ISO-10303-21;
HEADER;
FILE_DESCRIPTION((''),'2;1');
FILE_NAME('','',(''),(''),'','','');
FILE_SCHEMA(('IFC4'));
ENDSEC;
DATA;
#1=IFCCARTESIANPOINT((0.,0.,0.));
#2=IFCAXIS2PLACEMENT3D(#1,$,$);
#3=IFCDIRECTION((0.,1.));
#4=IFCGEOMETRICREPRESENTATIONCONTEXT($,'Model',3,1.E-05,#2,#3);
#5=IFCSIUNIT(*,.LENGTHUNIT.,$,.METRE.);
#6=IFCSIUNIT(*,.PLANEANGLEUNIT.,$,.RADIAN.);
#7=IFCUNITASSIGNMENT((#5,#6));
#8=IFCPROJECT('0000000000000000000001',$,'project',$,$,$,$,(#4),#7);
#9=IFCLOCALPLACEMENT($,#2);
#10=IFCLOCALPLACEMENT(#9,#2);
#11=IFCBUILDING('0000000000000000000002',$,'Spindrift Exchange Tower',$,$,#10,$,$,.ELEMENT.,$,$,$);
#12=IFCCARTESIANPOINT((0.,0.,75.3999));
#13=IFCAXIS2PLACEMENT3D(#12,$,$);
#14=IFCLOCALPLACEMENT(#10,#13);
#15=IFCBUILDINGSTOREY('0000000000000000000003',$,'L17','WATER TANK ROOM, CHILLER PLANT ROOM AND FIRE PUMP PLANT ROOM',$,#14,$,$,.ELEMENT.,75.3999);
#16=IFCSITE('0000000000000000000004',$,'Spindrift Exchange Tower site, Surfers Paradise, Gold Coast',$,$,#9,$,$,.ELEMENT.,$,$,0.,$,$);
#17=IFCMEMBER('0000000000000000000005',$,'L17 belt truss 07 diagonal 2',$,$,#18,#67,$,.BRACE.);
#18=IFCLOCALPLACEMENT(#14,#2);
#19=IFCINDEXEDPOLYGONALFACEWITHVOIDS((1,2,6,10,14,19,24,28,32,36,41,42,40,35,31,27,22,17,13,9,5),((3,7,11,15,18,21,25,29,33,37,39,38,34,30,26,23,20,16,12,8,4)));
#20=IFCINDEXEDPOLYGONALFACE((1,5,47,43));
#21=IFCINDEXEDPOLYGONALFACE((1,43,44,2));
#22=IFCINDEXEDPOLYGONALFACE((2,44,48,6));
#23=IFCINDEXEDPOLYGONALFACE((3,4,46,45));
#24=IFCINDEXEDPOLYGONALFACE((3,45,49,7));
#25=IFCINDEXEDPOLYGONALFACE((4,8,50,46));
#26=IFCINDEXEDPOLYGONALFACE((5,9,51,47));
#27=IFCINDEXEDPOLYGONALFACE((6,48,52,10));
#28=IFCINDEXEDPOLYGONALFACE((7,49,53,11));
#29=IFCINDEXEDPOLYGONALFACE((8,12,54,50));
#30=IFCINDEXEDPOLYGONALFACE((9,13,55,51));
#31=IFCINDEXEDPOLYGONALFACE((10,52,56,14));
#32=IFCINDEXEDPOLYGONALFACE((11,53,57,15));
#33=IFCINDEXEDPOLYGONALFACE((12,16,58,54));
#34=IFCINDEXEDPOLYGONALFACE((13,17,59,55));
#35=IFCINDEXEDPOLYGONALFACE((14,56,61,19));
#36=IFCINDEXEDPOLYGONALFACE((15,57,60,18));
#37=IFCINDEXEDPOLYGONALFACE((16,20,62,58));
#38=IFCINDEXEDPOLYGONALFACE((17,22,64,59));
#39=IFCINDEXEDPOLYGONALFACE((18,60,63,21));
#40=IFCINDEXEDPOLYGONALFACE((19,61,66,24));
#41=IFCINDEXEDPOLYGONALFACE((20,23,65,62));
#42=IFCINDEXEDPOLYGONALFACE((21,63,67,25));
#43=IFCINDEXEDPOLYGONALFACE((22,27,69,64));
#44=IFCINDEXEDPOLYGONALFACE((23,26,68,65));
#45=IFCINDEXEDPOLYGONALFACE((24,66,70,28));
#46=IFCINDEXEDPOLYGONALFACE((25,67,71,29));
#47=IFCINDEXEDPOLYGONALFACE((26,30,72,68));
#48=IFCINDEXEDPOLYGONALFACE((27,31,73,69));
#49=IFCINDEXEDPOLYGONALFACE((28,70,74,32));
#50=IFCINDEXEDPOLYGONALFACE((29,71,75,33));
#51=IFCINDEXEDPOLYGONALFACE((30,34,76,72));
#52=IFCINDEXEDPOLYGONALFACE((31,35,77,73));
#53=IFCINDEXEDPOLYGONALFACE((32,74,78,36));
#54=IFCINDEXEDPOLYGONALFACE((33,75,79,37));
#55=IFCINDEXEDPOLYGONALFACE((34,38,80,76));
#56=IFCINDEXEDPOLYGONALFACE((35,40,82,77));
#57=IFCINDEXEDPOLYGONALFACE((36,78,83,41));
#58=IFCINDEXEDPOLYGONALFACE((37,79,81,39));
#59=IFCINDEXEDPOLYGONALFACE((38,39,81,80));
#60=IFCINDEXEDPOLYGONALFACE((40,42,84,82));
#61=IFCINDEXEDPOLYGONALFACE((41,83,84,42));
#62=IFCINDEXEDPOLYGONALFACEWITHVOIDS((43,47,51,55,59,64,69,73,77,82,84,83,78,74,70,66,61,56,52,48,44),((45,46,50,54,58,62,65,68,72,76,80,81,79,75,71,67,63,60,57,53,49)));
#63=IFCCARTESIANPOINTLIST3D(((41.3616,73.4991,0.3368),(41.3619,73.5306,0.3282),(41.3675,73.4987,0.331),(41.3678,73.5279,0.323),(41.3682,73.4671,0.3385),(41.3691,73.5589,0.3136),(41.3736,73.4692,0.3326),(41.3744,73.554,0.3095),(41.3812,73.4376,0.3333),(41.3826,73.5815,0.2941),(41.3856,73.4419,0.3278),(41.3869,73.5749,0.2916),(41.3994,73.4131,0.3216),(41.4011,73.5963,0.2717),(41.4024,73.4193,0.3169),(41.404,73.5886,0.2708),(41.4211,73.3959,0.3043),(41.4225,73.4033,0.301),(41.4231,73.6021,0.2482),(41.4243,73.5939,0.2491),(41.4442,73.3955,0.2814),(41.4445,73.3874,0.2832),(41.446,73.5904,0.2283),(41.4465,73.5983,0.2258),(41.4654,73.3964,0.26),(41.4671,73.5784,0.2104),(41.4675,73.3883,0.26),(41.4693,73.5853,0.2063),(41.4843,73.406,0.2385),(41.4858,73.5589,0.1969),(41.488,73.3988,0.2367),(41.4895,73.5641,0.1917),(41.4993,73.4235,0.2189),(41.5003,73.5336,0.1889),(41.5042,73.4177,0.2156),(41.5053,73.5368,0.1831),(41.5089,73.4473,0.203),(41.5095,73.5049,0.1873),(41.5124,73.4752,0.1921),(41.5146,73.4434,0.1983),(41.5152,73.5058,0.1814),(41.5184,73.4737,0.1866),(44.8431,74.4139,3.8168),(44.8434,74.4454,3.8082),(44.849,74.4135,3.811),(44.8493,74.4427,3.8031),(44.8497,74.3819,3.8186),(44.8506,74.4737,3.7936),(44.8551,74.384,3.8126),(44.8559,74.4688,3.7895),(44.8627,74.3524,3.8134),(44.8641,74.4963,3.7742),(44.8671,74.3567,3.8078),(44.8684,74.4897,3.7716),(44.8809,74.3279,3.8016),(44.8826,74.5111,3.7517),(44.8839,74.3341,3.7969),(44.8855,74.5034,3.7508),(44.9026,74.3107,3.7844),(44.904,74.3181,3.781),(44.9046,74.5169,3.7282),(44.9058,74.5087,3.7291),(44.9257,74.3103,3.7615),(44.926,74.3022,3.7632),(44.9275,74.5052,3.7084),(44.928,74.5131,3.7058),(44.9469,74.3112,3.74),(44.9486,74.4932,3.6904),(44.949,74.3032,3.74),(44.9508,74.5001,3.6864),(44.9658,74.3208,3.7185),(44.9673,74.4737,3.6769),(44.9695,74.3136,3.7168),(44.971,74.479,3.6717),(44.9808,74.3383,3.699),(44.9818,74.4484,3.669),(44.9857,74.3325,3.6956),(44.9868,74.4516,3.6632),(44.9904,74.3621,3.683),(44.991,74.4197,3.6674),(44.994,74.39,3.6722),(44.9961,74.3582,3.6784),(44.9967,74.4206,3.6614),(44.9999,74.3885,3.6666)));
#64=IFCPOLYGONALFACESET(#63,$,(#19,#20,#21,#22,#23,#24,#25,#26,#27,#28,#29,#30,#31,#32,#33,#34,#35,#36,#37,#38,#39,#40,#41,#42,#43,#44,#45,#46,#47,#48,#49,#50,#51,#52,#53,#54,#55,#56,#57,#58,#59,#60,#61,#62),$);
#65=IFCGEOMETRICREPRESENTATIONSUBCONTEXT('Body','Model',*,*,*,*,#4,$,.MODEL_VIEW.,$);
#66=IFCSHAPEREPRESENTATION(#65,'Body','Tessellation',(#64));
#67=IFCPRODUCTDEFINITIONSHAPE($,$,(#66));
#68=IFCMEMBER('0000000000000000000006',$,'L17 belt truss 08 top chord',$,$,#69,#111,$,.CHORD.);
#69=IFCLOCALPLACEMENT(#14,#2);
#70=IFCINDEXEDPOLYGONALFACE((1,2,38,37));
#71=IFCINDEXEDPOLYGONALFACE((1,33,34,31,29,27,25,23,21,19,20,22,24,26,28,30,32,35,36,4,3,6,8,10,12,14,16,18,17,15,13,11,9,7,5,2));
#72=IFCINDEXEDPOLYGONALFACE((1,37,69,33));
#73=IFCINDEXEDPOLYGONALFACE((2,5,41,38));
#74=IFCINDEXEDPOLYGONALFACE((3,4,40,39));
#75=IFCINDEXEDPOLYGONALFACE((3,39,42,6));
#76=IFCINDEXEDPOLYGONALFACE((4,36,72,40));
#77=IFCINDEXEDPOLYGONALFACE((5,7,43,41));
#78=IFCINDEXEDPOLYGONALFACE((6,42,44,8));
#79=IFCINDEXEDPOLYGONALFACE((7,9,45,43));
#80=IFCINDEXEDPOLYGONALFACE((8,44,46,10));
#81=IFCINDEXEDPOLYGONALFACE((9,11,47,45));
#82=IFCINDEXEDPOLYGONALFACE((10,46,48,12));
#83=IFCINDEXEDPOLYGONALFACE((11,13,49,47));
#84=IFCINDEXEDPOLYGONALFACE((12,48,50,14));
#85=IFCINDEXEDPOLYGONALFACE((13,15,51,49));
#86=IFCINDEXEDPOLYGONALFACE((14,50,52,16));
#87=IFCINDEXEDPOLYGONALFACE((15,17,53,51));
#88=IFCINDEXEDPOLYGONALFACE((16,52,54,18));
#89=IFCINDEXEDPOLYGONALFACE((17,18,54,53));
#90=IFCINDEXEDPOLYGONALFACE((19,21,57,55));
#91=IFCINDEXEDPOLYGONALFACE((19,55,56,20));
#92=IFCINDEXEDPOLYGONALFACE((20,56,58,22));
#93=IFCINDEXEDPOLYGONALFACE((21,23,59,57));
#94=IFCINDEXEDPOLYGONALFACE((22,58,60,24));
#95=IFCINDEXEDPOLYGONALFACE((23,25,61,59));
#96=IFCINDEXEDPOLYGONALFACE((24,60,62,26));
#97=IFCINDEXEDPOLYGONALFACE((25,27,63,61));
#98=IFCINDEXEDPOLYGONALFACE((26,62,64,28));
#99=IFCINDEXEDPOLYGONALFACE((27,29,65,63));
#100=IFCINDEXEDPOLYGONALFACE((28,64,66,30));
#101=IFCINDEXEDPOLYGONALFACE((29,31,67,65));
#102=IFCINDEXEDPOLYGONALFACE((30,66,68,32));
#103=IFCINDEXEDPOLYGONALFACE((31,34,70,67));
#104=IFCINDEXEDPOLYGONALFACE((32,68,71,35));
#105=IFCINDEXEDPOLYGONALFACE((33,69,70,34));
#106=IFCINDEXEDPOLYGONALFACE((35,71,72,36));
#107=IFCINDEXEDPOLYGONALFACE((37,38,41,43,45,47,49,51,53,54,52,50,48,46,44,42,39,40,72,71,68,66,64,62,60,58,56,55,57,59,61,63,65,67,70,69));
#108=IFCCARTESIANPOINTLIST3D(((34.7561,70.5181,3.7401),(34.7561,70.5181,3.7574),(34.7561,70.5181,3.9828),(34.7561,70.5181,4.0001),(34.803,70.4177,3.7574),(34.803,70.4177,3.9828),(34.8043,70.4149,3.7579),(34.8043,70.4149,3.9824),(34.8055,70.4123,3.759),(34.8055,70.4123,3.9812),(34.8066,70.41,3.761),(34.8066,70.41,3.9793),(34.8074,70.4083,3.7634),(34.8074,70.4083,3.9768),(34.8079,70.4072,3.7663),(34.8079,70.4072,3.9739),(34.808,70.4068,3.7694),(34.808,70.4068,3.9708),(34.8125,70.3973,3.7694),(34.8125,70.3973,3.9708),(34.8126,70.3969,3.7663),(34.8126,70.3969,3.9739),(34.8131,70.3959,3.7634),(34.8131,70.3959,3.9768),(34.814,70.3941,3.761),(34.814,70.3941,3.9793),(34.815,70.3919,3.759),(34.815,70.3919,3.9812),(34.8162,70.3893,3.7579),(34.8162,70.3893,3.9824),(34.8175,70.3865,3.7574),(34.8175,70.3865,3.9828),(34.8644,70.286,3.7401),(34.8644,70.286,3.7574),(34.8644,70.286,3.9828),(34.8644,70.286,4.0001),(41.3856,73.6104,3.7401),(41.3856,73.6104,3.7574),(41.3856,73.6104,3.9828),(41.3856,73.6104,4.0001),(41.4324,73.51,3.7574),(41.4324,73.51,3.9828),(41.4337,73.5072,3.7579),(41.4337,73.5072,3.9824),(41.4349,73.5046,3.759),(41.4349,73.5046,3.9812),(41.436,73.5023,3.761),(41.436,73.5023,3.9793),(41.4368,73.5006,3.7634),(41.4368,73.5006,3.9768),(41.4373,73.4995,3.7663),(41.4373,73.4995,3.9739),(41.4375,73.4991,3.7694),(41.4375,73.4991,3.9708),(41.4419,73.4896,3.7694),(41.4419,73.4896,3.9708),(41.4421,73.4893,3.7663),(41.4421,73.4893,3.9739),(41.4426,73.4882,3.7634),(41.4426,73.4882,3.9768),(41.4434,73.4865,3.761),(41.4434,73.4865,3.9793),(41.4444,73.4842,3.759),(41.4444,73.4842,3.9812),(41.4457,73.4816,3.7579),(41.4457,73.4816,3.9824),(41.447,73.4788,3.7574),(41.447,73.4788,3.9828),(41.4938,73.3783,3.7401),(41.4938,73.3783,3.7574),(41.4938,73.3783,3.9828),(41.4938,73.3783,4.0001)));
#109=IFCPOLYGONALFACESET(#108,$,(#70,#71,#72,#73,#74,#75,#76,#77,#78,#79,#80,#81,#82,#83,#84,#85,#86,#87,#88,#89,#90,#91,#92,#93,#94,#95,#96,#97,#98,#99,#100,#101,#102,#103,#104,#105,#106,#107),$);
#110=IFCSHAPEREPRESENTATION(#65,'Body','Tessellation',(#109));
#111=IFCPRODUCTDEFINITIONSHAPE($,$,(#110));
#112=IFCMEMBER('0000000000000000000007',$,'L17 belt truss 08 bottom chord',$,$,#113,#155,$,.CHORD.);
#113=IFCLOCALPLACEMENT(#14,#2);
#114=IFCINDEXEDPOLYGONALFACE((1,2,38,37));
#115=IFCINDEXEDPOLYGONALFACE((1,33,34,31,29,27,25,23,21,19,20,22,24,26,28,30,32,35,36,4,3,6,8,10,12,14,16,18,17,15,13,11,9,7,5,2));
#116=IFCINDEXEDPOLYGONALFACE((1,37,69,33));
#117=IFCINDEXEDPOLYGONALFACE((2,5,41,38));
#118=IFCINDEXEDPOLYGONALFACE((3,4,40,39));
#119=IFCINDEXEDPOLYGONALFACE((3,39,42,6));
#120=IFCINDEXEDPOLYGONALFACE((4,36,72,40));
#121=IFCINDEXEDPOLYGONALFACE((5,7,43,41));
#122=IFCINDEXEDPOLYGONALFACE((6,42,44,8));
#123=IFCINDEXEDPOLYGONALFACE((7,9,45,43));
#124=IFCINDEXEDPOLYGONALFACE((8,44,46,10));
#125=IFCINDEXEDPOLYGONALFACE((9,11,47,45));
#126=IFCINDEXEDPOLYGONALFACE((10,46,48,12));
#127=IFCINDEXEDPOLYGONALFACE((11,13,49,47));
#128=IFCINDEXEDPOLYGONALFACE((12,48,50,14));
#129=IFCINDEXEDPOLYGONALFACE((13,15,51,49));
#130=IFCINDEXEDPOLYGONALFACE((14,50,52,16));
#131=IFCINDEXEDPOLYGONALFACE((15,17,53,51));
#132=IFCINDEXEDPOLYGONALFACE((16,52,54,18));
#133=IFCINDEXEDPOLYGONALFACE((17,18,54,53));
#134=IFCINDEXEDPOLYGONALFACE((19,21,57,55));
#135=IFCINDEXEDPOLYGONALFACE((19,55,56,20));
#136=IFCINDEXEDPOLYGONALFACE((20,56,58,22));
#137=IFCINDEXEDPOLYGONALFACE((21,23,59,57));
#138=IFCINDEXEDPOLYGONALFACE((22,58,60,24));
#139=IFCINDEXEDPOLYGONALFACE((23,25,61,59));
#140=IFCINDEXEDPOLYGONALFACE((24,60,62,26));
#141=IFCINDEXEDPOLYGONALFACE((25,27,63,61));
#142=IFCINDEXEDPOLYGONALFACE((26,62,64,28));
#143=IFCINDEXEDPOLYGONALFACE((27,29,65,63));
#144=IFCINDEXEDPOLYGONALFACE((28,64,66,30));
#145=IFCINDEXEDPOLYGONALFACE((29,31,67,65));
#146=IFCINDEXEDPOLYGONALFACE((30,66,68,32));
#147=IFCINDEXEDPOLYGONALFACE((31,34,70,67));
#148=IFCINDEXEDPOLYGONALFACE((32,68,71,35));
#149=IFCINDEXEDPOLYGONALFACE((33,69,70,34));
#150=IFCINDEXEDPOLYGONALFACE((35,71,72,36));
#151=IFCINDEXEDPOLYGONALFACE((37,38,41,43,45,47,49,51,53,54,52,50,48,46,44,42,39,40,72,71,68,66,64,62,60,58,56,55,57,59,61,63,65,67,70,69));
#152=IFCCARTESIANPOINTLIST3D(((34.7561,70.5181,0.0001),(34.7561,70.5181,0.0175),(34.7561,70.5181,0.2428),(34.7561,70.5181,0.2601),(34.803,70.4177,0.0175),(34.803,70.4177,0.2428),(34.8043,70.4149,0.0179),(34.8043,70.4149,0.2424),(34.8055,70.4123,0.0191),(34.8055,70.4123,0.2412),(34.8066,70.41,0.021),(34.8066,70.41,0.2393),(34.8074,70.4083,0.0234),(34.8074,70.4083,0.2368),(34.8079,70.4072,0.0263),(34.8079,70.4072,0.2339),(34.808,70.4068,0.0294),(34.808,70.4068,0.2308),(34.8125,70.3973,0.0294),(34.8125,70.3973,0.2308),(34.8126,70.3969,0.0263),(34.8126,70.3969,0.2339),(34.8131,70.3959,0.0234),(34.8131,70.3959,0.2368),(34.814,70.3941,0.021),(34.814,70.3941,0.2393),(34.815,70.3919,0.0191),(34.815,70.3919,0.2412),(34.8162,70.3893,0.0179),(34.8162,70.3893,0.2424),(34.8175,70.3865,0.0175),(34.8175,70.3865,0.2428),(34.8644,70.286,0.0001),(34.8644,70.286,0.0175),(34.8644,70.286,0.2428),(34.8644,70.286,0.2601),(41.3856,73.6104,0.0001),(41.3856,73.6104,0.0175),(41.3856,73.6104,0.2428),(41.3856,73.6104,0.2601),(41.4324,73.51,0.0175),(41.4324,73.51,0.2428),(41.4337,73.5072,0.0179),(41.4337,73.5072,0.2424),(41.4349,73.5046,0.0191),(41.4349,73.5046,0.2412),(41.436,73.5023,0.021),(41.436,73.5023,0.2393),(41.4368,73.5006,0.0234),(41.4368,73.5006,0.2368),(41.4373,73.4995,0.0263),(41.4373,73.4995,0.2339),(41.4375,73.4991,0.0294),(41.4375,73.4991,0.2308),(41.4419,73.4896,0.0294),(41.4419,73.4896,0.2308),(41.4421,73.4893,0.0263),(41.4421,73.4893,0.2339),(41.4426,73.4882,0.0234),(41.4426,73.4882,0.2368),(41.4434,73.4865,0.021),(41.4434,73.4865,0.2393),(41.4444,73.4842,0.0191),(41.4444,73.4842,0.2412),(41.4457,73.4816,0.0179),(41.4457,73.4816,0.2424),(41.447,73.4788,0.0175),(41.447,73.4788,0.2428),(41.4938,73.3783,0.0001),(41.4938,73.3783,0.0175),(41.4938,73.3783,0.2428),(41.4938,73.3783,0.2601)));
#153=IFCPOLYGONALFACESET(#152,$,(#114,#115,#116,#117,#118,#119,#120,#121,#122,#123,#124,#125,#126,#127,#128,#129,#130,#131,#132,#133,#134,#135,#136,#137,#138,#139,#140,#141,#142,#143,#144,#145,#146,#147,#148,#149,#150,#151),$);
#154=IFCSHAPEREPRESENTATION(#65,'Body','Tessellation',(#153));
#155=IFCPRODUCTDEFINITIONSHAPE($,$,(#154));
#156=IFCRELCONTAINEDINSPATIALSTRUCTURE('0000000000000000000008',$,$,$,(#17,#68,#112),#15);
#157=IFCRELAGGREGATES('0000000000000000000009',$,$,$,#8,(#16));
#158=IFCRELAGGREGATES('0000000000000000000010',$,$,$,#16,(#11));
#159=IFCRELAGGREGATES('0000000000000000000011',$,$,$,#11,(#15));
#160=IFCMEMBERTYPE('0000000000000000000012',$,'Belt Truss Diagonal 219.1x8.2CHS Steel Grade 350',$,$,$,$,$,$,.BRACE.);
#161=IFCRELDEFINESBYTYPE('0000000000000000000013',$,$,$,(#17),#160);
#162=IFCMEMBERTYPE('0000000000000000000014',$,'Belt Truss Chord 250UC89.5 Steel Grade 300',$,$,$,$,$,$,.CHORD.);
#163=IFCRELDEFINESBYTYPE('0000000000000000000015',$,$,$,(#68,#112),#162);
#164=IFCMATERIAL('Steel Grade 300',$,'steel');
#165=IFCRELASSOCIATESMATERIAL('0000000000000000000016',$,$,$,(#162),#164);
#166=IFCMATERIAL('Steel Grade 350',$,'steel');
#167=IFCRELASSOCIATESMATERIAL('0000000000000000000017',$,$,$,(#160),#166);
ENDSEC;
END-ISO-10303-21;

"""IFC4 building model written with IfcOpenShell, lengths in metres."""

from ifc_helpers import new_model, si_unit, direction, frame, origin, origin_2d, place, context, subcontext, project, spatial, hollow_circle, i_section, extrude, source, transform, mapped, material, material_profile, profile_set, type_object, element, save


model = new_model("IFC4")

# Units and contexts
model_context = context("Model", 3, precision=1e-05, world=origin(), true_north=direction((0.0, 1.0)))
body_context = subcontext(model_context, "Body", "Model", "MODEL_VIEW")
ifc_project = project(units=[si_unit("LENGTHUNIT", "METRE"), si_unit("PLANEANGLEUNIT", "RADIAN")], contexts=[model_context])

# Site, building, storey
site_placement = place(None, origin())
site = spatial("IfcSite", under=ifc_project, at=site_placement, Name="Spindrift Exchange Tower site, Surfers Paradise, Gold Coast", CompositionType="ELEMENT", RefElevation=0.0)
building_placement = place(site_placement, origin())
building = spatial("IfcBuilding", under=site, at=building_placement, Name="Spindrift Exchange Tower", CompositionType="ELEMENT")
storey_placement = place(building_placement, frame((0.0, 0.0, 75.3999)))
storey = spatial("IfcBuildingStorey", under=building, at=storey_placement, Name="L17", Description="WATER TANK ROOM, CHILLER PLANT ROOM AND FIRE PUMP PLANT ROOM", CompositionType="ELEMENT", Elevation=75.3999)

# Shared definitions
ifc_material_1 = material(Name="Steel Grade 300", Category="steel")

# Members
ifc_material_profile_1 = material_profile(ifc_material_1, i_section(OverallWidth=0.2561, OverallDepth=0.26, WebThickness=0.0105, FlangeThickness=0.0173, FilletRadius=0.012, at=origin_2d()), Name="250UC89.5")
ifc_profile_set_1 = profile_set([ifc_material_profile_1], Name="Steel Grade 300")
member_type_1 = type_object("IfcMemberType", Name="Belt Truss Chord 250UC89.5 Steel Grade 300", PredefinedType="CHORD", material=ifc_profile_set_1)
ifc_material_2 = material(Name="Steel Grade 350", Category="steel")
ifc_material_profile_2 = material_profile(ifc_material_2, hollow_circle(Radius=0.1096, WallThickness=0.0083, at=origin_2d()), Name="219.1x8.2CHS")
ifc_profile_set_2 = profile_set([ifc_material_profile_2], Name="Steel Grade 350")
member_type_2 = type_object("IfcMemberType", Name="Belt Truss Diagonal 219.1x8.2CHS Steel Grade 350", PredefinedType="BRACE", material=ifc_profile_set_2)
shared_shape_1 = source(origin(), body_context, "Body", "SweptSolid", [
    extrude(hollow_circle(Radius=0.1096, WallThickness=0.0083, at=origin_2d()), origin(), (0.0, 0.0, 1.0), 5.0068),
])
for number, where, z_axis, x_axis, name in (
    (1, (44.9211, 74.4092, 3.74), (-0.69535, -0.182712, -0.695057), (0.254136, -0.967168, 0.0), "L17 belt truss 07 diagonal 2"),
):
    element("IfcMember", number, at=place(storey_placement, frame(where, z_axis=z_axis, x_axis=x_axis)), inside=storey, type_object=member_type_2, Name=name, PredefinedType="BRACE", context=body_context, shape_type="MappedRepresentation", body=[
        mapped(shared_shape_1, transform((0.0, 0.0, 0.0), scale=1.0)),
    ])
shared_shape_2 = source(origin(), body_context, "Body", "SweptSolid", [
    extrude(i_section(OverallWidth=0.2561, OverallDepth=0.26, WebThickness=0.0105, FlangeThickness=0.0173, FilletRadius=0.012, at=origin_2d()), origin(), (0.0, 0.0, 1.0), 7.3152),
])
for number, where, z_axis, x_axis, name in (
    (2, (41.4397, 73.4944, 3.8701), (-0.906258, -0.422725, 0.0), (0.422725, -0.906258, 0.0), "L17 belt truss 08 top chord"),
    (3, (41.4397, 73.4944, 0.1301), (-0.906258, -0.422725, 0.0), (0.422725, -0.906258, 0.0), "L17 belt truss 08 bottom chord"),
):
    element("IfcMember", number, at=place(storey_placement, frame(where, z_axis=z_axis, x_axis=x_axis)), inside=storey, type_object=member_type_1, Name=name, PredefinedType="CHORD", context=body_context, shape_type="MappedRepresentation", body=[
        mapped(shared_shape_2, transform((0.0, 0.0, 0.0), scale=1.0)),
    ])

save(model, "model.ifc")
